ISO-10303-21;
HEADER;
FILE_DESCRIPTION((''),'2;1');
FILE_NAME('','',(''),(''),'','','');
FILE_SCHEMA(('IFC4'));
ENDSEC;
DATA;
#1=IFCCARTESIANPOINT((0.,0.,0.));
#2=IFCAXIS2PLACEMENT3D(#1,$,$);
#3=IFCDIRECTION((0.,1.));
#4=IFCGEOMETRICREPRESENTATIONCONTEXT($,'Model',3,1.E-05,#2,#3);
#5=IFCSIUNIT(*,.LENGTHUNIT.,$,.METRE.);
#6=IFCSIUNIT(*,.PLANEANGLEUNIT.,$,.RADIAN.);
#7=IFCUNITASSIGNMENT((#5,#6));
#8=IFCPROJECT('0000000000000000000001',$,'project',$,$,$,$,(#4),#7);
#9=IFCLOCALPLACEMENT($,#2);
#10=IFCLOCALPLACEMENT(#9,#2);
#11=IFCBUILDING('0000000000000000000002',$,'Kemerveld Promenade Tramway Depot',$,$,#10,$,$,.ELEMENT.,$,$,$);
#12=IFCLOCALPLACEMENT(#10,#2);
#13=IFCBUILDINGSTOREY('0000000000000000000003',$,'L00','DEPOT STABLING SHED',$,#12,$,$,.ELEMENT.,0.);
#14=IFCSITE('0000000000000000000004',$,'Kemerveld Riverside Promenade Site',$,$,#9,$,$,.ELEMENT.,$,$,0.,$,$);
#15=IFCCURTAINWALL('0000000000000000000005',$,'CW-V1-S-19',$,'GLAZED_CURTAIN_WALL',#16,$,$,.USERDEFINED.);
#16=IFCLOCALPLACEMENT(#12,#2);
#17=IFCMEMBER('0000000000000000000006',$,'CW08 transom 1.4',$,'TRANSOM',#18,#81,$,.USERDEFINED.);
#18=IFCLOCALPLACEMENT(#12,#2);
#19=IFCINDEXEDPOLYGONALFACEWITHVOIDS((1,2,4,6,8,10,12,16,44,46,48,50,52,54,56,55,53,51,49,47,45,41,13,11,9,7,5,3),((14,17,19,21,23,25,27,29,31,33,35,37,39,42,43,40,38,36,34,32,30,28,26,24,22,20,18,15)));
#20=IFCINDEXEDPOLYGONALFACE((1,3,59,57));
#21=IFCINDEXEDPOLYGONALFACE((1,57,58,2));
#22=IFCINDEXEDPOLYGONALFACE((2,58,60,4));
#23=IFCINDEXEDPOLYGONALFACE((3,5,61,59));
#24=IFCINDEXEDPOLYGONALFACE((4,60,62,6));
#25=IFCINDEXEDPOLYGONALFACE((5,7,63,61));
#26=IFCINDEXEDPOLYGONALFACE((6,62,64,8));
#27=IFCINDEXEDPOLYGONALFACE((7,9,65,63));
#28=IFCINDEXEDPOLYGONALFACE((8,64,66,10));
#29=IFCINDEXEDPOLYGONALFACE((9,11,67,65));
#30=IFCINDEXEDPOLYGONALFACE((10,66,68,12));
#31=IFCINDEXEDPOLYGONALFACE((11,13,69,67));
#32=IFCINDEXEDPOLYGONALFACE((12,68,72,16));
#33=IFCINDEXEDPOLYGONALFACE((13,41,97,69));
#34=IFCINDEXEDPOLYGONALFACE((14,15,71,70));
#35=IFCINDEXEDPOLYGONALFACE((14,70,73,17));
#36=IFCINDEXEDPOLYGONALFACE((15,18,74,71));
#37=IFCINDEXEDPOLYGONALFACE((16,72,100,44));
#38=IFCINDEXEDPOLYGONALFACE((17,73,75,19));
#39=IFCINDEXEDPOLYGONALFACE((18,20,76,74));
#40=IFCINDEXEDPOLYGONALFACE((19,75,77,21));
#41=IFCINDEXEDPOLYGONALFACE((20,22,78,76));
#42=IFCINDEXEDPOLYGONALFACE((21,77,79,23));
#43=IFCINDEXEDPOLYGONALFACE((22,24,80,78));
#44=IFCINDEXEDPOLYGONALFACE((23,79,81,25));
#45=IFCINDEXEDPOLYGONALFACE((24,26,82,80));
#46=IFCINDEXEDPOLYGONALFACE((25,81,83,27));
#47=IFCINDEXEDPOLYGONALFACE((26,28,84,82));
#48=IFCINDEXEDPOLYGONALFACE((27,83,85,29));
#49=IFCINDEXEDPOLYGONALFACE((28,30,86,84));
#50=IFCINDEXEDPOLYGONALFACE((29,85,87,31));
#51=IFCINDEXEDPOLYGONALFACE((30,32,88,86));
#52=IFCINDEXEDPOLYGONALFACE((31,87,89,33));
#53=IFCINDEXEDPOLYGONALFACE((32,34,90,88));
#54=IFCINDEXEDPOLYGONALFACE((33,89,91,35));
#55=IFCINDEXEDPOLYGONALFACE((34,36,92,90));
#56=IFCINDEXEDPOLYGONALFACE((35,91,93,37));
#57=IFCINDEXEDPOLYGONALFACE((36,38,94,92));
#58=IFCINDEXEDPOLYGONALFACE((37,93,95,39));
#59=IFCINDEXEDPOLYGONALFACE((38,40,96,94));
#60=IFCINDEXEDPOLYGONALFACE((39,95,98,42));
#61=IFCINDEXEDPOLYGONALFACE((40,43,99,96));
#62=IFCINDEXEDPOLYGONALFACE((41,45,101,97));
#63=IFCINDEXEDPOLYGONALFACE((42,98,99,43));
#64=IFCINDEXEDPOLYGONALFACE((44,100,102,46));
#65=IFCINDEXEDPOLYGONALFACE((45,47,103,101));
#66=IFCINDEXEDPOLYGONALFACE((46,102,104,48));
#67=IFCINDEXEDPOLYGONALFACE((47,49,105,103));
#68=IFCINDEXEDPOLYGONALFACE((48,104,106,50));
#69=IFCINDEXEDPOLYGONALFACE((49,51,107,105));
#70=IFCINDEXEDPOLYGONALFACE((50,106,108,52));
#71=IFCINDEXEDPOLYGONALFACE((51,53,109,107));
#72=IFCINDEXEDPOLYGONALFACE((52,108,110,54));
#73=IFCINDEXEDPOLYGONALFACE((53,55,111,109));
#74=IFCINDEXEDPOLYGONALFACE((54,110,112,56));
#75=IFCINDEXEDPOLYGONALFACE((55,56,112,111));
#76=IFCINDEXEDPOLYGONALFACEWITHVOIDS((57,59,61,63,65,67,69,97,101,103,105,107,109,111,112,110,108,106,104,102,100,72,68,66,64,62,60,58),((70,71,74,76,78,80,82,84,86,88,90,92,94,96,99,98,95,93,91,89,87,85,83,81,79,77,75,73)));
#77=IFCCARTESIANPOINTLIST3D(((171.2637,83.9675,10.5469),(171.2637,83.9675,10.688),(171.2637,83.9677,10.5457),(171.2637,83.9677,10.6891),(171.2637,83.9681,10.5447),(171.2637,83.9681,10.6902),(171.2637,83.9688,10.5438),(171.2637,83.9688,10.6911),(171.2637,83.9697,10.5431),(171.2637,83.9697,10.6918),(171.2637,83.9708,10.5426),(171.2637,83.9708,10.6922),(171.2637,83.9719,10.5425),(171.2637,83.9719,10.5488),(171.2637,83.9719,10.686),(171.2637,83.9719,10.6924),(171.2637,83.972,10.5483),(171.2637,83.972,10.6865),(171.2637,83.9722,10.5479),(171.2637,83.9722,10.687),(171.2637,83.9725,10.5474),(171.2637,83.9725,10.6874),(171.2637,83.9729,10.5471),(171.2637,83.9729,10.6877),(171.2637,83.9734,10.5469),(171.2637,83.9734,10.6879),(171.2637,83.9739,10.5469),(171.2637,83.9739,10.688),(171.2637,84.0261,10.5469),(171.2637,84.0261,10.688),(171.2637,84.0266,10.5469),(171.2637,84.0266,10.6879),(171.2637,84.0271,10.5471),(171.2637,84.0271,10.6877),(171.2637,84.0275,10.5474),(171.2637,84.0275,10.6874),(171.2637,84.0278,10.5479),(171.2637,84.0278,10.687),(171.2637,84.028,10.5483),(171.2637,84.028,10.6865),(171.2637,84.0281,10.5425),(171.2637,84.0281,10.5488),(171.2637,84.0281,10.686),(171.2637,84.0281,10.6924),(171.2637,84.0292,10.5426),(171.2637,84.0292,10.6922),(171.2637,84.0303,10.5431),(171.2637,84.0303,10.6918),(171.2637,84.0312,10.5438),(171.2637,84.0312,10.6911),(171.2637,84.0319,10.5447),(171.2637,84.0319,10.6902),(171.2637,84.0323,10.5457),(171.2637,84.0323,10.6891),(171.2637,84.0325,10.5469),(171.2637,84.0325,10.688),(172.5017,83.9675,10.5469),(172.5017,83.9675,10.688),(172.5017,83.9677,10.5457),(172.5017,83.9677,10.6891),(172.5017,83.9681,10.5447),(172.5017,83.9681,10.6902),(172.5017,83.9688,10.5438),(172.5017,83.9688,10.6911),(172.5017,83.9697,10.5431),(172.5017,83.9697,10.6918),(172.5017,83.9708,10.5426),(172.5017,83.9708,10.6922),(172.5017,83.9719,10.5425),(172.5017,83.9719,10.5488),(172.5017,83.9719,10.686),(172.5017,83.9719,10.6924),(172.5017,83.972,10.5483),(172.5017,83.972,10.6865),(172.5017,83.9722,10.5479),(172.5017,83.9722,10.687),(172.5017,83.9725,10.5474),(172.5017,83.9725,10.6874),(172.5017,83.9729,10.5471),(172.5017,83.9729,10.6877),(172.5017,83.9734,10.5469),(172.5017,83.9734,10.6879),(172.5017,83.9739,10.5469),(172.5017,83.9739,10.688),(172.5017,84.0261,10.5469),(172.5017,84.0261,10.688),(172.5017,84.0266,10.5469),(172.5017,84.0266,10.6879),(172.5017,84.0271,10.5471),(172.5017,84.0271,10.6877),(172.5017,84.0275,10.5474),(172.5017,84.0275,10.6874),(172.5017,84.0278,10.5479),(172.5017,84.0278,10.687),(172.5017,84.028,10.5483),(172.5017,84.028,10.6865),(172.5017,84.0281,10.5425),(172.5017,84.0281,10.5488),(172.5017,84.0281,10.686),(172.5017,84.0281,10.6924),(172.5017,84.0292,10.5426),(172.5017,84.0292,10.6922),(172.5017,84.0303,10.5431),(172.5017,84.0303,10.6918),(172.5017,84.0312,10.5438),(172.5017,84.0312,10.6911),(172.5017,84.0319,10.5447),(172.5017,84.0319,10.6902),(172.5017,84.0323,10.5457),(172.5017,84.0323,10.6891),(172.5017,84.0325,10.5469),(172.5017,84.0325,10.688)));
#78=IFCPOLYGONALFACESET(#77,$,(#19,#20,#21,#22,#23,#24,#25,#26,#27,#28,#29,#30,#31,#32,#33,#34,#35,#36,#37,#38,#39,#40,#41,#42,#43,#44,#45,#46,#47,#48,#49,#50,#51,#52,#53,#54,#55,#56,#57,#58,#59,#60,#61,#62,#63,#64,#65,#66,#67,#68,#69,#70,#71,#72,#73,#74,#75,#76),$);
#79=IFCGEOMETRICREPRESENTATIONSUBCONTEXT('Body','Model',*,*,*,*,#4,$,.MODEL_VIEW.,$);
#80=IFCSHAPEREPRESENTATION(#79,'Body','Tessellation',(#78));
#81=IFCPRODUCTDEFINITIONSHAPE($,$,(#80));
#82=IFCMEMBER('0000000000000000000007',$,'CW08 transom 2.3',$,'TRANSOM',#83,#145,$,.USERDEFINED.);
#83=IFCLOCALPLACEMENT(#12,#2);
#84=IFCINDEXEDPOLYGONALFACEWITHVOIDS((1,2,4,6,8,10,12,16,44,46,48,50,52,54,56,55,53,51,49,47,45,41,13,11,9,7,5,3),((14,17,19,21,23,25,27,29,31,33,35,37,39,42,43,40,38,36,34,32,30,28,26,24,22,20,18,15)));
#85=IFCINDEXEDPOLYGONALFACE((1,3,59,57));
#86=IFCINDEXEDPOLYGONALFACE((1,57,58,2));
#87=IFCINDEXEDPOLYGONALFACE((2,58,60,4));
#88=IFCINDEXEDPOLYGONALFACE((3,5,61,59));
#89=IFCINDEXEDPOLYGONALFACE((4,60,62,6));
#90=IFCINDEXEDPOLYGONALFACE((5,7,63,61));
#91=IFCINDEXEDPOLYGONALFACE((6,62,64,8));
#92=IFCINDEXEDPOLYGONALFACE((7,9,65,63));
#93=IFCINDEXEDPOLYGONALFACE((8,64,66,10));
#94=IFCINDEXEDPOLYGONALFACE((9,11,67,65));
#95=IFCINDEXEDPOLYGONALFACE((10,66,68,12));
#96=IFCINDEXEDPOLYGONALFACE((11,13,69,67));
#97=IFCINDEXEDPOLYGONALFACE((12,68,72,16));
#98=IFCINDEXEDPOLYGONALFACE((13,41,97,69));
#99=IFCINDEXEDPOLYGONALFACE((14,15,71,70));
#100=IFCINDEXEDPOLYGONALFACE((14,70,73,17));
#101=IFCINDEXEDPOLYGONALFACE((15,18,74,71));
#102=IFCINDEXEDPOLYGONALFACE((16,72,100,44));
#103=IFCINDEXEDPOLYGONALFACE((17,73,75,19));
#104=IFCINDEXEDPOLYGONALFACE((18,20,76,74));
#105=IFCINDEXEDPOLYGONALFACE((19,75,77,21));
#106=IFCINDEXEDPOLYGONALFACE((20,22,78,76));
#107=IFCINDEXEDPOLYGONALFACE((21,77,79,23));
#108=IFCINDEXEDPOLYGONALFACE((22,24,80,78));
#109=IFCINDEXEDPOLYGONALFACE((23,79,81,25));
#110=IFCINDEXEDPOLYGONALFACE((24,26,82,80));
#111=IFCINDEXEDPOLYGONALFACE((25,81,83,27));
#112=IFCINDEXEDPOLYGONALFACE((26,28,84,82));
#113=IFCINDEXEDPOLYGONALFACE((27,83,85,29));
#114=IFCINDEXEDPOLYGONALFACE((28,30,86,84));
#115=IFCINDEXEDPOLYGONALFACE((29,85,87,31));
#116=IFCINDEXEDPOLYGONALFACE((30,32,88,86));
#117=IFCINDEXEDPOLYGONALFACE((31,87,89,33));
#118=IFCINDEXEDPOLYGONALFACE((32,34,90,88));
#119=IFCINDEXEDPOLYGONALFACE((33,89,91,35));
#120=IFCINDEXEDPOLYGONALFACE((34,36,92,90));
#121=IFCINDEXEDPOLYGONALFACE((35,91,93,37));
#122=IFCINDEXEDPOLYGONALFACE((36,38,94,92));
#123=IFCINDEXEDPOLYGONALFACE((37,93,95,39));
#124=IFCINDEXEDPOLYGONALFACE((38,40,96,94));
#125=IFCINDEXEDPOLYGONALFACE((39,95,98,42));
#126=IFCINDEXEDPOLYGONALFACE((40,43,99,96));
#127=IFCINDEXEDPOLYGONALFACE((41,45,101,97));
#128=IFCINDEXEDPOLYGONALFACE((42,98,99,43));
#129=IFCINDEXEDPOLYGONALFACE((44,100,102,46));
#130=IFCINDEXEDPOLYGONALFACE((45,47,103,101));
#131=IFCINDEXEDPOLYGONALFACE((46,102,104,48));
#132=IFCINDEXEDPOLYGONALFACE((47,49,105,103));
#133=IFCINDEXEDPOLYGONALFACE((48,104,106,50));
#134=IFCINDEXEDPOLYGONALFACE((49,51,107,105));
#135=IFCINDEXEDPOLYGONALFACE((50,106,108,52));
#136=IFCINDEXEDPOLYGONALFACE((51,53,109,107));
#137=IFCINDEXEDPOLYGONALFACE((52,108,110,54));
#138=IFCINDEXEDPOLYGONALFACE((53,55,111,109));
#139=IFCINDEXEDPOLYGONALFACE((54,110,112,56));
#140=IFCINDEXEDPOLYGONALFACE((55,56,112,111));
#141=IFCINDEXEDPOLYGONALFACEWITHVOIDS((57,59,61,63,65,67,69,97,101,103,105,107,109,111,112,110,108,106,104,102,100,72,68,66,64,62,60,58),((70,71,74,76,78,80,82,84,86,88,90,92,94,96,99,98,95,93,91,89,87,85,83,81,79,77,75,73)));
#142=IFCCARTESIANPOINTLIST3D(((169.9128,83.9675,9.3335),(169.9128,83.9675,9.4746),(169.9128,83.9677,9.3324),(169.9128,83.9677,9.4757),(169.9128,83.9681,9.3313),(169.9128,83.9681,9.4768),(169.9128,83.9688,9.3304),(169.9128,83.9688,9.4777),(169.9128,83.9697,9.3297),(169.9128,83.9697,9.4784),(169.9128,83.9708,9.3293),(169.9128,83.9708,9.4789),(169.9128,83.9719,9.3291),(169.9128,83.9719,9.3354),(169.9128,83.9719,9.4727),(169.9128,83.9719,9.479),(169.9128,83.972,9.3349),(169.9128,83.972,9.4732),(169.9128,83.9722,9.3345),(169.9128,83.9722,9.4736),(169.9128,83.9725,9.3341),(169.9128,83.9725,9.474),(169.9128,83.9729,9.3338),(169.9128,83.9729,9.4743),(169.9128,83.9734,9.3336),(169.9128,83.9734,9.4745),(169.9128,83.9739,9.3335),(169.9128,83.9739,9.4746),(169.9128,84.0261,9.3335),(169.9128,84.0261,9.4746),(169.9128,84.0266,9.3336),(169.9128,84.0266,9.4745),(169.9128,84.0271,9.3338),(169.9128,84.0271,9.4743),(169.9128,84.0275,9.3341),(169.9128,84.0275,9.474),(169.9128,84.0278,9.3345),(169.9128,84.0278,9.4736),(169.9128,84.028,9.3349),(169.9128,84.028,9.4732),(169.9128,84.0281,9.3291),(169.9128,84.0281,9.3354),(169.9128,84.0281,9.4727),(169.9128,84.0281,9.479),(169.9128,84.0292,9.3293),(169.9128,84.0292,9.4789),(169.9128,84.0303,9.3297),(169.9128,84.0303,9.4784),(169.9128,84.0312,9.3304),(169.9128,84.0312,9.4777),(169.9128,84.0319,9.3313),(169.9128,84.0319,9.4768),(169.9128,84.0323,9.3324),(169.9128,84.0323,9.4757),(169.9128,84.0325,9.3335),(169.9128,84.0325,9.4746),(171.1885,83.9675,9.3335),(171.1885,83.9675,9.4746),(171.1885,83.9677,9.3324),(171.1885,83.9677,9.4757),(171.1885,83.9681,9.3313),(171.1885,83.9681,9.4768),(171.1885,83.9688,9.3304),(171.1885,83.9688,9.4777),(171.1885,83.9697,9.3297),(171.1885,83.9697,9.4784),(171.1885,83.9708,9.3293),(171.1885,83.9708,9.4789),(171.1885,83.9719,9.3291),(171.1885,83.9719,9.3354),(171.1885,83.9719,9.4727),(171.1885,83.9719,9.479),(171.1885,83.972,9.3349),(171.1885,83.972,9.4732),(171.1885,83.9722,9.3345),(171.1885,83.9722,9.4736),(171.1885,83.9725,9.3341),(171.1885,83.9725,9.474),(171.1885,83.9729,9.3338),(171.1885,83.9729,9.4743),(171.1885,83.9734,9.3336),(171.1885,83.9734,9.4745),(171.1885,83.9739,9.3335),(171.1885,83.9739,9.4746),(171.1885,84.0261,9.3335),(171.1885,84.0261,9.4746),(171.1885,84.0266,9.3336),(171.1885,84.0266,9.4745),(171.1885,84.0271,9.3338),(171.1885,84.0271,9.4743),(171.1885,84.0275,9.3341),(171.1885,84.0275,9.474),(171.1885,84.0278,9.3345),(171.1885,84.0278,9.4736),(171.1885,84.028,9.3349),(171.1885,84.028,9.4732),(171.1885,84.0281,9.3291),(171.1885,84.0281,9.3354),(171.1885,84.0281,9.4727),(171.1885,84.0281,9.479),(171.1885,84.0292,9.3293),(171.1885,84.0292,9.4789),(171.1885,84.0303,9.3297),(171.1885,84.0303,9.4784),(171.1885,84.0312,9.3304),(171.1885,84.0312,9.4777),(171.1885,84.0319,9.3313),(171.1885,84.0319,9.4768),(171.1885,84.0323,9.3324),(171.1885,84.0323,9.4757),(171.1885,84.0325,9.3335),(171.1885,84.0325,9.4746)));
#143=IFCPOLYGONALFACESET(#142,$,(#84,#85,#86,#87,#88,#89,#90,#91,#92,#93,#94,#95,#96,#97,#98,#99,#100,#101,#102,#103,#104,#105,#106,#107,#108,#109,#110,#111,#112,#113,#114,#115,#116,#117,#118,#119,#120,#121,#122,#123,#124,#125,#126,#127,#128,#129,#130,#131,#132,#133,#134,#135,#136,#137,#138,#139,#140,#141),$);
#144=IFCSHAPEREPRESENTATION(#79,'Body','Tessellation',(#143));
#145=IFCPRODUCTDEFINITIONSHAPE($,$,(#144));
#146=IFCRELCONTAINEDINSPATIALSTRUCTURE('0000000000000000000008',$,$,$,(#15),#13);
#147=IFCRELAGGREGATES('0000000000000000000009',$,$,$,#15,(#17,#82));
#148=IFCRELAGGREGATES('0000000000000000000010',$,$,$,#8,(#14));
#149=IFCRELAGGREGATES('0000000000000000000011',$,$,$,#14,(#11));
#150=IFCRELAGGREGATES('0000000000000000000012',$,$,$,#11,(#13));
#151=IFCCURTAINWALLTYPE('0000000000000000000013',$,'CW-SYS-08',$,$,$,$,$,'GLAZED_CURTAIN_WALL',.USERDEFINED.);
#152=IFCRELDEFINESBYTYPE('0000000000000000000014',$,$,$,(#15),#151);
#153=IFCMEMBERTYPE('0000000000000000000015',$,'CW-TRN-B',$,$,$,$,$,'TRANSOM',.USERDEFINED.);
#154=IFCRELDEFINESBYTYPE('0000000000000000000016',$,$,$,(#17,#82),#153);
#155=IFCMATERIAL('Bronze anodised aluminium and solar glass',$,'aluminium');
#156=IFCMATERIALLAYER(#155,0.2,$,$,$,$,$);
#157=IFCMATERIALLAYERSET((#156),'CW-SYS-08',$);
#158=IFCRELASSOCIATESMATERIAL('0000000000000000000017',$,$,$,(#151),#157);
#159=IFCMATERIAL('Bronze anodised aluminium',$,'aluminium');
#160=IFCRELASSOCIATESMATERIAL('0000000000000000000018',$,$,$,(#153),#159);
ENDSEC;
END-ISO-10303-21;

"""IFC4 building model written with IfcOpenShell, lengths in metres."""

from ifc_helpers import new_model, si_unit, direction, frame, origin, origin_2d, place, context, subcontext, project, spatial, hollow_rectangle, extrude, material, layer, layer_set, material_profile, profile_set, type_object, element, aggregate, save


model = new_model("IFC4")

# Units and contexts
model_context = context("Model", 3, precision=1e-05, world=origin(), true_north=direction((0.0, 1.0)))
body_context = subcontext(model_context, "Body", "Model", "MODEL_VIEW")
ifc_project = project(units=[si_unit("LENGTHUNIT", "METRE"), si_unit("PLANEANGLEUNIT", "RADIAN")], contexts=[model_context])

# Site, building, storey
site_placement = place(None, origin())
site = spatial("IfcSite", under=ifc_project, at=site_placement, Name="Kemerveld Riverside Promenade Site", CompositionType="ELEMENT", RefElevation=0.0)
building_placement = place(site_placement, origin())
building = spatial("IfcBuilding", under=site, at=building_placement, Name="Kemerveld Promenade Tramway Depot", CompositionType="ELEMENT")
storey_placement = place(building_placement, origin())
storey = spatial("IfcBuildingStorey", under=building, at=storey_placement, Name="L00", Description="DEPOT STABLING SHED", CompositionType="ELEMENT", Elevation=0.0)

# Curtain wall, members
ifc_material_1 = material(Name="Bronze anodised aluminium and solar glass", Category="aluminium")
ifc_material_2 = material(Name="Bronze anodised aluminium", Category="aluminium")
ifc_layer_1 = layer(ifc_material_1, 0.2)
ifc_layer_set_1 = layer_set([ifc_layer_1], Name="CW-SYS-08")
curtain_wall_type_1 = type_object("IfcCurtainWallType", Name="CW-SYS-08", ElementType="GLAZED_CURTAIN_WALL", PredefinedType="USERDEFINED", material=ifc_layer_set_1)
curtain_wall_1_placement = place(storey_placement, origin())
curtain_wall_1 = element("IfcCurtainWall", 1, at=curtain_wall_1_placement, inside=storey, type_object=curtain_wall_type_1, Name="CW-V1-S-19", ObjectType="GLAZED_CURTAIN_WALL", PredefinedType="USERDEFINED")
ifc_material_profile_1 = material_profile(ifc_material_2, hollow_rectangle(XDim=0.0649, YDim=0.1499, WallThickness=0.0044, InnerFilletRadius=0.002, OuterFilletRadius=0.0044, at=origin_2d()), Name="CW-TRN-150x65")
ifc_profile_set_1 = profile_set([ifc_material_profile_1], Name="Bronze anodised aluminium")
member_type_1 = type_object("IfcMemberType", Name="CW-TRN-B", ElementType="TRANSOM", PredefinedType="USERDEFINED", material=ifc_profile_set_1)
member_1_placement = place(storey_placement, frame((172.5017, 84.0, 10.6174), z_axis=(-1.0, 0.0, 0.0), x_axis=(0.0, -1.0, 0.0)))
member_1 = element("IfcMember", 2, at=member_1_placement, type_object=member_type_1, Name="CW08 transom 1.4", ObjectType="TRANSOM", PredefinedType="USERDEFINED", context=body_context, shape_type="SweptSolid", body=[
    extrude(hollow_rectangle(XDim=0.0649, YDim=0.1499, WallThickness=0.0044, InnerFilletRadius=0.002, OuterFilletRadius=0.0044, at=origin_2d()), origin(), (0.0, 0.0, 1.0), 1.238),
])
member_2_placement = place(storey_placement, frame((171.1885, 84.0, 9.4041), z_axis=(-1.0, 0.0, 0.0), x_axis=(0.0, -1.0, 0.0)))
member_2 = element("IfcMember", 3, at=member_2_placement, type_object=member_type_1, Name="CW08 transom 2.3", ObjectType="TRANSOM", PredefinedType="USERDEFINED", context=body_context, shape_type="SweptSolid", body=[
    extrude(hollow_rectangle(XDim=0.0649, YDim=0.1499, WallThickness=0.0044, InnerFilletRadius=0.002, OuterFilletRadius=0.0044, at=origin_2d()), origin(), (0.0, 0.0, 1.0), 1.2756),
])

aggregate(curtain_wall_1, [member_1, member_2])

save(model, "model.ifc")
